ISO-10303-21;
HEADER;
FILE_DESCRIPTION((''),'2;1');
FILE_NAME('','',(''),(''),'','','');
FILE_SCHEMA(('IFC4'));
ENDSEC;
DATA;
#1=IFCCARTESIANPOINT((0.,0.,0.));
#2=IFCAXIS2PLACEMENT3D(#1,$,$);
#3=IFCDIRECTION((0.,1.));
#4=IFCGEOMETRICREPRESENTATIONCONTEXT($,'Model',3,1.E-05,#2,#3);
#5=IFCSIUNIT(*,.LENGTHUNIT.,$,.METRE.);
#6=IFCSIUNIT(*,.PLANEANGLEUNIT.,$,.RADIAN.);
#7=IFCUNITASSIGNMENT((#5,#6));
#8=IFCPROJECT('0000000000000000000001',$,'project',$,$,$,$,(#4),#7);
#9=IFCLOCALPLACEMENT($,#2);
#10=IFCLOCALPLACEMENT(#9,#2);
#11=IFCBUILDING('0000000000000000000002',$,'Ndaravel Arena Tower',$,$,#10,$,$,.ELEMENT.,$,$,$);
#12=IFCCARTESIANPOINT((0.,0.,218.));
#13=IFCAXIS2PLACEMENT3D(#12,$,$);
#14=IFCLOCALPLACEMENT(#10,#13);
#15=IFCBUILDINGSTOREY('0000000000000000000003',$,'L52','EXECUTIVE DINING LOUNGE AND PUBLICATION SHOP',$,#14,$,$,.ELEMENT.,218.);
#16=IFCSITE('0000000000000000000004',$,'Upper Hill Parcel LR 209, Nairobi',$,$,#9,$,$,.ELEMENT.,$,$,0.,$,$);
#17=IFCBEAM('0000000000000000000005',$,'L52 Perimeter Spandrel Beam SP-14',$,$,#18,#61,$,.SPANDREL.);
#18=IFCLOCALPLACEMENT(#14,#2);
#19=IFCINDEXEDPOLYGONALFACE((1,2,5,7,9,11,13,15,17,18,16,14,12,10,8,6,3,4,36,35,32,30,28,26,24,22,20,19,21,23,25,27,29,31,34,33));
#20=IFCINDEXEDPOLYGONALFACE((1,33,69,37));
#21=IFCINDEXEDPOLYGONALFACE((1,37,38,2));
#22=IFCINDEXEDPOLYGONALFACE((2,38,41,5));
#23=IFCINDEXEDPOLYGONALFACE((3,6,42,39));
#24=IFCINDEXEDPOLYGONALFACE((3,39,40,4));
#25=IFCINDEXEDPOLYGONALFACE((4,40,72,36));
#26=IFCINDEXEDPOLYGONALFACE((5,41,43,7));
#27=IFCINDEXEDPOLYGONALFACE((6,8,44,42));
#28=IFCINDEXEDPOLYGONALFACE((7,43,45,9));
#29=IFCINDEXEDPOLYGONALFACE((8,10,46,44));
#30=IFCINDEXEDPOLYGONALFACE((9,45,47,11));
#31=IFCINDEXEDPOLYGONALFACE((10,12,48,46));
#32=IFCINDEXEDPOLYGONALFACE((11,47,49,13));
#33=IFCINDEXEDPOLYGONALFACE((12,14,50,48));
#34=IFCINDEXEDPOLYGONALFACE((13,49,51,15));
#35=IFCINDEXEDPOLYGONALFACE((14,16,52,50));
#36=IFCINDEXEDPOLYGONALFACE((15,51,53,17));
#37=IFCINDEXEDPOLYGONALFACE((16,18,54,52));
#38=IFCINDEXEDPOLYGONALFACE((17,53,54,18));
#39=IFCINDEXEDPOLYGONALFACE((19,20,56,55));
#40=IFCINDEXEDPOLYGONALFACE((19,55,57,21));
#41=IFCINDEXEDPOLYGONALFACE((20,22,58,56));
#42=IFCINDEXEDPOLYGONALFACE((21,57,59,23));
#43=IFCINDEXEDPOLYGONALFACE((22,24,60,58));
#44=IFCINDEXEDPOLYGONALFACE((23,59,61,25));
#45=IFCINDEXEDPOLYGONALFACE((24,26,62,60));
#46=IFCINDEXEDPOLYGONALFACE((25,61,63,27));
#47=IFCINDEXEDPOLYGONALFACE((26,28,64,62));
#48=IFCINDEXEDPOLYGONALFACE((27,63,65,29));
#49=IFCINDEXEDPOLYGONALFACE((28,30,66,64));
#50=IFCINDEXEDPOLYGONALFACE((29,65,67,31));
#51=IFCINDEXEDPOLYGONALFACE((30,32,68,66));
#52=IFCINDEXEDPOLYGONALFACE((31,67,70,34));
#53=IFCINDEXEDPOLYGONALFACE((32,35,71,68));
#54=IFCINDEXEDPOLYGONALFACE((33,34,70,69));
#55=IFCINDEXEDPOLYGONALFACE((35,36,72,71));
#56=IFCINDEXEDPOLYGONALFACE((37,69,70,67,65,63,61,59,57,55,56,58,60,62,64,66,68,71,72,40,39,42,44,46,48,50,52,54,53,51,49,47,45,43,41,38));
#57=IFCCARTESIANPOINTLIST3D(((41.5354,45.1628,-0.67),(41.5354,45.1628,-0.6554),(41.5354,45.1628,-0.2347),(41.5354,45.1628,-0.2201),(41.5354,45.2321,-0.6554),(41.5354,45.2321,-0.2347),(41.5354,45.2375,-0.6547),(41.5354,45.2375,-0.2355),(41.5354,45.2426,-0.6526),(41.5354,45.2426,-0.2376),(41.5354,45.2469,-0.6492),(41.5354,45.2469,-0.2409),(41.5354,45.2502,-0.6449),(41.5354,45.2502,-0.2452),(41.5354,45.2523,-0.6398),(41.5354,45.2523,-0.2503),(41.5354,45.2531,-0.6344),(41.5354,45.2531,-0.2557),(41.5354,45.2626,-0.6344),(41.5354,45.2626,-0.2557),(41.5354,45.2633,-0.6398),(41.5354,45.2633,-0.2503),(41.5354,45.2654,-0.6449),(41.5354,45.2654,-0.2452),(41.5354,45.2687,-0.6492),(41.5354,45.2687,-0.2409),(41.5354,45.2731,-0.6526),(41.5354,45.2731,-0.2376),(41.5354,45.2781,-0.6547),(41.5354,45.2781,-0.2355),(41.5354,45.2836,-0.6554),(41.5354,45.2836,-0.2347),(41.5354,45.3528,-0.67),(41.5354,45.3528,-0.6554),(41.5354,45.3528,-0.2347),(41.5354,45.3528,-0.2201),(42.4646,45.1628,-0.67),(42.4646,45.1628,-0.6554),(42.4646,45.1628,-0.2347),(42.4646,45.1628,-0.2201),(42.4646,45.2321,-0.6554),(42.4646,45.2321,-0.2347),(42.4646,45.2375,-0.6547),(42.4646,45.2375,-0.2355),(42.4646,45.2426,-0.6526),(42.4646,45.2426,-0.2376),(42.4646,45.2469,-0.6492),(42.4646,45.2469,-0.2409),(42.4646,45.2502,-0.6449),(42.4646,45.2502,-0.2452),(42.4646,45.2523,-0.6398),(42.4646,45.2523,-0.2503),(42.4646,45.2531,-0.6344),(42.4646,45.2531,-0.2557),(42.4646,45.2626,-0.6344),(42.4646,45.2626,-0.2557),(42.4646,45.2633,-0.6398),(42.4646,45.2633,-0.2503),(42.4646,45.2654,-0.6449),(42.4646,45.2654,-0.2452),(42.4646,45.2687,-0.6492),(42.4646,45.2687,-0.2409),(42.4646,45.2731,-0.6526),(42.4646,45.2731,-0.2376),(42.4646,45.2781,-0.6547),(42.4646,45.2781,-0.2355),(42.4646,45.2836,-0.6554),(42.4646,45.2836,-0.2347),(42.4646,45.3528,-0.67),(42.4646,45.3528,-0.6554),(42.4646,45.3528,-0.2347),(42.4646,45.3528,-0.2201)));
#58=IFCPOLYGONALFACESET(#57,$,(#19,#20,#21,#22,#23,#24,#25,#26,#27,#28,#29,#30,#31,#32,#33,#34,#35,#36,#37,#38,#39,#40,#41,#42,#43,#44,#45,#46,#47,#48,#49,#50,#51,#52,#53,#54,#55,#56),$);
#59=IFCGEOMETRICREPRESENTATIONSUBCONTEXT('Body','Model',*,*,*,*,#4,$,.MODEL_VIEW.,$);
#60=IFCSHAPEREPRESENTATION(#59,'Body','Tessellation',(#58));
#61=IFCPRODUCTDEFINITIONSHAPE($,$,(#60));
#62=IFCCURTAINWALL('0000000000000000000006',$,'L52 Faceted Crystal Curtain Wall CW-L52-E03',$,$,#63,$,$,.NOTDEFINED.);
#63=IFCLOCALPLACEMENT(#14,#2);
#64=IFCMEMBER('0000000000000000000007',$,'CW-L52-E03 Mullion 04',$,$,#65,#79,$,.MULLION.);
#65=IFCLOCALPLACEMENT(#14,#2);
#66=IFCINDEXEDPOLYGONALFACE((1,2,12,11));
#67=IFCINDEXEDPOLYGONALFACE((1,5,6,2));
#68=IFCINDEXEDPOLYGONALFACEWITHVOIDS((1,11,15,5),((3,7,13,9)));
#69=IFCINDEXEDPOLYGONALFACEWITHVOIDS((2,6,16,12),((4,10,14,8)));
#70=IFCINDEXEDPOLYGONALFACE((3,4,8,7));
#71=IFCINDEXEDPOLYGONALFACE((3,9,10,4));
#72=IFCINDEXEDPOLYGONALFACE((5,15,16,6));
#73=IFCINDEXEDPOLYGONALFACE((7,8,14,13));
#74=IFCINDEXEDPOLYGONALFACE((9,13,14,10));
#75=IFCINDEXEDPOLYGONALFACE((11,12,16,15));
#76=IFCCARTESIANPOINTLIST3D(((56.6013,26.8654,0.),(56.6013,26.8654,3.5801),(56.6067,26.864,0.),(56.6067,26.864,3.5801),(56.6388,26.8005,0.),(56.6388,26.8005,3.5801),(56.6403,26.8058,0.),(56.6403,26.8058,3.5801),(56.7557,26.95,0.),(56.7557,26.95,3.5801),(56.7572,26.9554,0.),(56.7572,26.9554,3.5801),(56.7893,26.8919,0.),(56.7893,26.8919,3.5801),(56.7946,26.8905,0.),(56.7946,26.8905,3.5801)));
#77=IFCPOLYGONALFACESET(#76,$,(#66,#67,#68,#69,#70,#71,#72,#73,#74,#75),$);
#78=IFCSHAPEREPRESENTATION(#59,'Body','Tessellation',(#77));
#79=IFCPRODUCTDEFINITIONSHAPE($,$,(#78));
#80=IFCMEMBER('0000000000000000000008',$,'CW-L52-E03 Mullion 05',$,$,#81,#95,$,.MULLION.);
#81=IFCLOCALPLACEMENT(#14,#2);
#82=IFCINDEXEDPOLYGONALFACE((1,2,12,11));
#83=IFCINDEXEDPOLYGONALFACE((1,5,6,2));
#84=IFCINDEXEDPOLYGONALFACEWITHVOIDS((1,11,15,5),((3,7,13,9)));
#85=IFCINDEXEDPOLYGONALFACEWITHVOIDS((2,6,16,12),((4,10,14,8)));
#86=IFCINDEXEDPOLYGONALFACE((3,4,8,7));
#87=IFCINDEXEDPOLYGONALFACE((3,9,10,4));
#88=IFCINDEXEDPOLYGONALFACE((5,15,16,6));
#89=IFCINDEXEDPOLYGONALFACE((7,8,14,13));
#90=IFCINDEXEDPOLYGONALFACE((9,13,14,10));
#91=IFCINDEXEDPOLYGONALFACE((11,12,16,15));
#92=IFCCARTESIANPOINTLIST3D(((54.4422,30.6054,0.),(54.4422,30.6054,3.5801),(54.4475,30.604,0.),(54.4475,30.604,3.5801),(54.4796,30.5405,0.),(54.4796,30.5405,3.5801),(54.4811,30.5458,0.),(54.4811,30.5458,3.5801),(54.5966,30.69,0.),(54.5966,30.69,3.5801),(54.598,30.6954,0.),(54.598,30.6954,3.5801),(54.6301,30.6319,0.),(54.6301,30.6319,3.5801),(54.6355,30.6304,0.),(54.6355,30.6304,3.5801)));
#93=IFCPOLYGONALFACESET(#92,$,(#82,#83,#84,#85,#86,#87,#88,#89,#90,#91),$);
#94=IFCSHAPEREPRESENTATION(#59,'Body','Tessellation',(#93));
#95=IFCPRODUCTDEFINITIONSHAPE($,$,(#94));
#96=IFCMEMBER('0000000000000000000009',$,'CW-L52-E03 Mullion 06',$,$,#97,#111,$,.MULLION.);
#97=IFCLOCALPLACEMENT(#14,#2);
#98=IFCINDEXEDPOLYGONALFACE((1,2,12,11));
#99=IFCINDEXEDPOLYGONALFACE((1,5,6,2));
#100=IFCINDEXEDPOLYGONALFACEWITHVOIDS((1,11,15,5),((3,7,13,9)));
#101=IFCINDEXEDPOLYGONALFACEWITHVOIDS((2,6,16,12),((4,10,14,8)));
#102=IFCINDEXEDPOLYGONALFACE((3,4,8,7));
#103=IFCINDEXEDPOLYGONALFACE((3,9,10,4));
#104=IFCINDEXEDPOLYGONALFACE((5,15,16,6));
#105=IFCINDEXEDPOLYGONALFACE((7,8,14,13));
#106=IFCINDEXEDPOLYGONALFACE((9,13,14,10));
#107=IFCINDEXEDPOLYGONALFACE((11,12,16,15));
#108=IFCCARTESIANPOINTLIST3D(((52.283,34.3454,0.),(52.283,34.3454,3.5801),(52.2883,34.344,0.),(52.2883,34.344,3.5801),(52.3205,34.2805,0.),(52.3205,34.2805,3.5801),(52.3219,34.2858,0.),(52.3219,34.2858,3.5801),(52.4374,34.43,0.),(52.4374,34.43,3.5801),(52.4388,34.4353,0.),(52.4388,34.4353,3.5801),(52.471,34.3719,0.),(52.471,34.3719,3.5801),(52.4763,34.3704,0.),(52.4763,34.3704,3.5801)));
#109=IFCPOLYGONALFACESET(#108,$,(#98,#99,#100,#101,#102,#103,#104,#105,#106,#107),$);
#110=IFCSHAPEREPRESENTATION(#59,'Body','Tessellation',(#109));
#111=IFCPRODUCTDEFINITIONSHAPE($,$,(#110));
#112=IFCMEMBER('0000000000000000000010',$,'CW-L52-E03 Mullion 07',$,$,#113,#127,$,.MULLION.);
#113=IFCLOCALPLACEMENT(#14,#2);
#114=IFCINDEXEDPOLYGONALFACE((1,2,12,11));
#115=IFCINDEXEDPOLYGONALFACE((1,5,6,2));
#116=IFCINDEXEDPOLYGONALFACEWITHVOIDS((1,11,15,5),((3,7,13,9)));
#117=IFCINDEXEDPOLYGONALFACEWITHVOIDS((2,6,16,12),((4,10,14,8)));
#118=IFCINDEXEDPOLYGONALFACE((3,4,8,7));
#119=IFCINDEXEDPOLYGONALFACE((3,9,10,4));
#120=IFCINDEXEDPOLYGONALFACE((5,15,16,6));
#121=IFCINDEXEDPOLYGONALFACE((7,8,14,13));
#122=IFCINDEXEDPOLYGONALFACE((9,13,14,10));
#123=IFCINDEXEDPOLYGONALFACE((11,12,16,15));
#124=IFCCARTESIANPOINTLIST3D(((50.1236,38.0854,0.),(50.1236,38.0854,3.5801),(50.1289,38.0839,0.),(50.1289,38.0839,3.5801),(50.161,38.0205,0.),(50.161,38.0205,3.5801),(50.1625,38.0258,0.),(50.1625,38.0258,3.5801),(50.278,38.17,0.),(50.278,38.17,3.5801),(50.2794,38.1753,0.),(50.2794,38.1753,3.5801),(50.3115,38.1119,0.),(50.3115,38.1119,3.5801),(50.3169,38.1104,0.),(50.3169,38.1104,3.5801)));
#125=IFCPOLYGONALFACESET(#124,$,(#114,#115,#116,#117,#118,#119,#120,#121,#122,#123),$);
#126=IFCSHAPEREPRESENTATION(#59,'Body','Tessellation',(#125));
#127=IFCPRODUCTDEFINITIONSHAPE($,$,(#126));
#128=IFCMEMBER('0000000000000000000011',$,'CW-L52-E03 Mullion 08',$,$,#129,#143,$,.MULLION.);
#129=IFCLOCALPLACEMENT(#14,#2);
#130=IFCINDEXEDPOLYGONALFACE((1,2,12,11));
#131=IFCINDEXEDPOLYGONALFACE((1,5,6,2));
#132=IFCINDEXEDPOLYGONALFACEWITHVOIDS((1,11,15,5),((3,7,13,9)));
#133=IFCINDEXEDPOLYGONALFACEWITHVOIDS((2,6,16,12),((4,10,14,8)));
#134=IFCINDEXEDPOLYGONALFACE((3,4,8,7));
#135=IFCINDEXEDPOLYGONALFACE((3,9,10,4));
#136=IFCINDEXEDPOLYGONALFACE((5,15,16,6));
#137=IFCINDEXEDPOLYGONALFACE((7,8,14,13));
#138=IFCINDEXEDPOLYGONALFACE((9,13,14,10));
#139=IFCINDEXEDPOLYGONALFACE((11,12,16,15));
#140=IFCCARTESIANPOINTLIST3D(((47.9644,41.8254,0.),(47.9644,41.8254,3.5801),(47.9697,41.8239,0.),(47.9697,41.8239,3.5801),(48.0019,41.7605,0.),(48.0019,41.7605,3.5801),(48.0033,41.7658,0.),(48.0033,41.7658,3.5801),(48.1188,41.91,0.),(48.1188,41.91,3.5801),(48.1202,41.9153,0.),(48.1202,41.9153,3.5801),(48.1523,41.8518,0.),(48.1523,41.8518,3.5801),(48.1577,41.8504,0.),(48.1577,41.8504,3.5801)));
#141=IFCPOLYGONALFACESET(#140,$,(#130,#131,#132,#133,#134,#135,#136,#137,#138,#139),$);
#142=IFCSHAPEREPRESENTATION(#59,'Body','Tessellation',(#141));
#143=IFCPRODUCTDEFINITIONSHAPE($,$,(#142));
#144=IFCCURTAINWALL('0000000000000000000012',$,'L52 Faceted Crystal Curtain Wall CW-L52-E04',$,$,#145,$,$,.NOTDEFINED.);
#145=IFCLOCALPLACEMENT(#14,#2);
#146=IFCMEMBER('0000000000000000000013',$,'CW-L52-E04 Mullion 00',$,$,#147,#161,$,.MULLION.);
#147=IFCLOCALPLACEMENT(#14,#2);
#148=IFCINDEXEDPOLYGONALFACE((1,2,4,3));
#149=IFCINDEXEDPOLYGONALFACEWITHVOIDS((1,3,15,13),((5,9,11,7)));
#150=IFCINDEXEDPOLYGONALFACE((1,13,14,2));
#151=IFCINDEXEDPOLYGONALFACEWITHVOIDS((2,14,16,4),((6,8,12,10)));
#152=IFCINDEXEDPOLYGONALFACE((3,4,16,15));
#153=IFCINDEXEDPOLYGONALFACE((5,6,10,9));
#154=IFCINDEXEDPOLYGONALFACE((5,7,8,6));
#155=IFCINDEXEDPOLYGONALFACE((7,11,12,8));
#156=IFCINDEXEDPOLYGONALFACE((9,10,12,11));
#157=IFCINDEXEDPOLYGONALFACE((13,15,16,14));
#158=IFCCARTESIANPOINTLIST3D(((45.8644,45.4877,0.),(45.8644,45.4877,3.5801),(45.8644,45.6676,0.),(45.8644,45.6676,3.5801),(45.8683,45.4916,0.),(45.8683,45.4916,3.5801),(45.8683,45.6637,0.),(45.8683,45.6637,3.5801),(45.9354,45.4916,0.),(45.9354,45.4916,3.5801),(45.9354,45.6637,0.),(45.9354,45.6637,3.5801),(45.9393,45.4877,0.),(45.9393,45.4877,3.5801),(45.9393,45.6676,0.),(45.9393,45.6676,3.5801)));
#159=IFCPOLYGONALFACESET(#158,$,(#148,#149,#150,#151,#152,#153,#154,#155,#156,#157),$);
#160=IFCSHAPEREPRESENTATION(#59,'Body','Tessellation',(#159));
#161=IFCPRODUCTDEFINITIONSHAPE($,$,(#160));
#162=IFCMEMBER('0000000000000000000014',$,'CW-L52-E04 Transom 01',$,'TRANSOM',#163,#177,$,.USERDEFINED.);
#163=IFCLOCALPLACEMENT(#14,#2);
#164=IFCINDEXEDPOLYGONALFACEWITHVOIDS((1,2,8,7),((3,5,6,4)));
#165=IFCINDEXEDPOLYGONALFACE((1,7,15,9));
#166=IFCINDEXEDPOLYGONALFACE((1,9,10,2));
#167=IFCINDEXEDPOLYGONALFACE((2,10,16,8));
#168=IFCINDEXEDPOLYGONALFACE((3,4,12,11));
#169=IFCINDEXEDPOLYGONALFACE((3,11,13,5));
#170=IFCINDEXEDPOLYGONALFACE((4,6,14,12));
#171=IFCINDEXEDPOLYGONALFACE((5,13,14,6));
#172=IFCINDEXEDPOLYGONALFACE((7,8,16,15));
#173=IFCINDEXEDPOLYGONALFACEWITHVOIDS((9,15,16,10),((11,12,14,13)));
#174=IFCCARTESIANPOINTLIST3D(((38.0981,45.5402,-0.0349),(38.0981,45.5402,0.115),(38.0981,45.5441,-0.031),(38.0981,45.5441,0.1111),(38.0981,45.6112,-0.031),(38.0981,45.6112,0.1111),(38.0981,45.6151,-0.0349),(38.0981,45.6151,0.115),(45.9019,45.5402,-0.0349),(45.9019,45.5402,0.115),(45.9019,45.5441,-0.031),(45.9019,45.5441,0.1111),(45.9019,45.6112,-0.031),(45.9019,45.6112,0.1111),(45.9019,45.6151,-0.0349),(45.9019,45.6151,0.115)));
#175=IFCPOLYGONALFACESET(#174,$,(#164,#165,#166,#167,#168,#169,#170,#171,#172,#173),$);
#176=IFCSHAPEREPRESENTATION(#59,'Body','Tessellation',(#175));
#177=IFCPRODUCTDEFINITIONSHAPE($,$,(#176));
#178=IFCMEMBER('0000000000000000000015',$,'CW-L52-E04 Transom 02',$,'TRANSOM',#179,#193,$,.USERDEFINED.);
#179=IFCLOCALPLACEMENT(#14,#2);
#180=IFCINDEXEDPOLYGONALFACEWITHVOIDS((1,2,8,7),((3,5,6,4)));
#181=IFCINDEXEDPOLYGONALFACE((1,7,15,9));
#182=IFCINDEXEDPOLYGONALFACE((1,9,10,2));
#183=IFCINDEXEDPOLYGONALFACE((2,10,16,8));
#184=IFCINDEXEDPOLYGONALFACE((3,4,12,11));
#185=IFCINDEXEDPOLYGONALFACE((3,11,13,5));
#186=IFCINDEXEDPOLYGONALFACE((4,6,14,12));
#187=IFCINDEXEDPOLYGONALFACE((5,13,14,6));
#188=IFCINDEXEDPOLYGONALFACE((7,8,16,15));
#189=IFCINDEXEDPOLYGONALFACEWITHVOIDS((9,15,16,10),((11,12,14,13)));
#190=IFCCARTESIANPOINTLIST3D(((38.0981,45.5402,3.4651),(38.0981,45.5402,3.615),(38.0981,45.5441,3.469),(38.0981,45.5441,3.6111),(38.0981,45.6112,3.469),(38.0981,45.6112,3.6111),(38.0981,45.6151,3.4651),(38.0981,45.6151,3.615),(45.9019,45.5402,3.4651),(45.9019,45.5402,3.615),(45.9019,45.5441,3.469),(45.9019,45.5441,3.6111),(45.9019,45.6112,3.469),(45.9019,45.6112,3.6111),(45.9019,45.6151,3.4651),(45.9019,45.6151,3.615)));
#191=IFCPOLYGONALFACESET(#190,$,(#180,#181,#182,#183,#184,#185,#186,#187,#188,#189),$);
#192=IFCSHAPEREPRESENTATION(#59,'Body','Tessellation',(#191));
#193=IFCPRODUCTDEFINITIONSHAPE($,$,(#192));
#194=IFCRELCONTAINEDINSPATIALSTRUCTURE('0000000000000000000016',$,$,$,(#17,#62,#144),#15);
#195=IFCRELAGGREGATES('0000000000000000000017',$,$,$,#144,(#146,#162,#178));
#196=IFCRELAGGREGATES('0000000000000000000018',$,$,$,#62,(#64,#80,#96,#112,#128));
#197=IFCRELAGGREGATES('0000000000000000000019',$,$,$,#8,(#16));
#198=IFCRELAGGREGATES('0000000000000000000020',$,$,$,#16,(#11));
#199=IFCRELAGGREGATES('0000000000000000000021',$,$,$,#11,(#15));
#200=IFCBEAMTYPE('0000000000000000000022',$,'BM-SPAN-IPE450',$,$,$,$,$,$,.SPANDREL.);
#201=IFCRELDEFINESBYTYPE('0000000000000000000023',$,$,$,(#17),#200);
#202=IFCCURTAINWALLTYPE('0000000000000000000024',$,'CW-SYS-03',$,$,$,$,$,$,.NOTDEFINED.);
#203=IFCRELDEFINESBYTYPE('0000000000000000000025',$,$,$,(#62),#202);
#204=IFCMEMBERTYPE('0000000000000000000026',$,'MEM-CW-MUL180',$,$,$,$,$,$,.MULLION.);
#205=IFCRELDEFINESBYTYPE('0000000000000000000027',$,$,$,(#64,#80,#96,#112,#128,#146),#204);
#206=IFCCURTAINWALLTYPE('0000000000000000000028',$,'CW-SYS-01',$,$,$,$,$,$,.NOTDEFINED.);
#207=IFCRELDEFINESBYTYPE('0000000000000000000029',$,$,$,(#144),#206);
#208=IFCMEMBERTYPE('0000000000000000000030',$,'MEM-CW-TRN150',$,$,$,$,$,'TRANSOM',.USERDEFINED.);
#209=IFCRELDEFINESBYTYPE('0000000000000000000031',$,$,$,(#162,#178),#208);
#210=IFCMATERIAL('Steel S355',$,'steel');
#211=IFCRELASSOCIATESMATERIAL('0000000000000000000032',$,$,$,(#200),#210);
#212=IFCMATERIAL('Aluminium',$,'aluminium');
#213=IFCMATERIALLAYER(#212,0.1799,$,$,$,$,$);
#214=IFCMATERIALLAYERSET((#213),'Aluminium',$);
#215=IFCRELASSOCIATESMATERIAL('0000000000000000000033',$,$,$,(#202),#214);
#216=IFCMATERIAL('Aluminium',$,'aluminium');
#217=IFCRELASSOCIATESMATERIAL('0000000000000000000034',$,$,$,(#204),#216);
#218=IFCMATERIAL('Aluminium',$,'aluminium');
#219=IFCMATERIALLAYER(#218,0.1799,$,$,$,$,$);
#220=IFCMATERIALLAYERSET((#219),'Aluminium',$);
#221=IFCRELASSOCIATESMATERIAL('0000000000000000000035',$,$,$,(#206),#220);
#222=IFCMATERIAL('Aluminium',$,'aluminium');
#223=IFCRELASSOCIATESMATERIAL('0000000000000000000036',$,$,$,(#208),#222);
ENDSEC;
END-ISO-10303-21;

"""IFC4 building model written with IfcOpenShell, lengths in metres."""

from ifc_helpers import new_model, si_unit, direction, frame, origin, origin_2d, place, context, subcontext, project, spatial, hollow_rectangle, i_section, extrude, material, layer, layer_set, material_profile, profile_set, type_object, element, aggregate, save


model = new_model("IFC4")

# Units and contexts
model_context = context("Model", 3, precision=1e-05, world=origin(), true_north=direction((0.0, 1.0)))
body_context = subcontext(model_context, "Body", "Model", "MODEL_VIEW")
ifc_project = project(units=[si_unit("LENGTHUNIT", "METRE"), si_unit("PLANEANGLEUNIT", "RADIAN")], contexts=[model_context])

# Site, building, storey
site_placement = place(None, origin())
site = spatial("IfcSite", under=ifc_project, at=site_placement, Name="Upper Hill Parcel LR 209, Nairobi", CompositionType="ELEMENT", RefElevation=0.0)
building_placement = place(site_placement, origin())
building = spatial("IfcBuilding", under=site, at=building_placement, Name="Ndaravel Arena Tower", CompositionType="ELEMENT")
storey_placement = place(building_placement, frame((0.0, 0.0, 218.0)))
storey = spatial("IfcBuildingStorey", under=building, at=storey_placement, Name="L52", Description="EXECUTIVE DINING LOUNGE AND PUBLICATION SHOP", CompositionType="ELEMENT", Elevation=218.0)

# Beam
ifc_material_1 = material(Name="Steel S355", Category="steel")
ifc_material_profile_1 = material_profile(ifc_material_1, i_section(OverallWidth=0.1899, OverallDepth=0.45, WebThickness=0.0095, FlangeThickness=0.0146, FilletRadius=0.021, at=origin_2d()), Name="IPE 450")
ifc_profile_set_1 = profile_set([ifc_material_profile_1], Name="Steel S355")
beam_type_1 = type_object("IfcBeamType", Name="BM-SPAN-IPE450", PredefinedType="SPANDREL", material=ifc_profile_set_1)
for number, where, z_axis, x_axis, name in (
    (1, (42.4646, 45.2578, -0.4451), (-1.0, 0.0, 0.0), (0.0, -1.0, 0.0), "L52 Perimeter Spandrel Beam SP-14"),
):
    element("IfcBeam", number, at=place(storey_placement, frame(where, z_axis=z_axis, x_axis=x_axis)), inside=storey, type_object=beam_type_1, Name=name, PredefinedType="SPANDREL", context=body_context, shape_type="SweptSolid", body=[
        extrude(i_section(OverallWidth=0.1899, OverallDepth=0.45, WebThickness=0.0095, FlangeThickness=0.0146, FilletRadius=0.021, at=origin_2d()), origin(), (0.0, 0.0, 1.0), 0.9292),
    ])

# Curtain wall, members
ifc_material_2 = material(Name="Aluminium", Category="aluminium")
ifc_layer_1 = layer(ifc_material_2, 0.1799)
ifc_layer_set_1 = layer_set([ifc_layer_1], Name="Aluminium")
curtain_wall_type_1 = type_object("IfcCurtainWallType", Name="CW-SYS-03", PredefinedType="NOTDEFINED", material=ifc_layer_set_1)
curtain_wall_1_placement = place(storey_placement, origin())
curtain_wall_1 = element("IfcCurtainWall", 2, at=curtain_wall_1_placement, inside=storey, type_object=curtain_wall_type_1, Name="L52 Faceted Crystal Curtain Wall CW-L52-E03", PredefinedType="NOTDEFINED")
ifc_material_3 = material(Name="Aluminium", Category="aluminium")
ifc_material_profile_2 = material_profile(ifc_material_3, hollow_rectangle(XDim=0.075, YDim=0.1799, WallThickness=0.0039, at=origin_2d()), Name="CW MULLION 75x180x4")
ifc_profile_set_2 = profile_set([ifc_material_profile_2], Name="Aluminium")
member_type_1 = type_object("IfcMemberType", Name="MEM-CW-MUL180", PredefinedType="MULLION", material=ifc_profile_set_2)
member_1_placement = place(storey_placement, frame((56.698, 26.8779, 0.0), z_axis=(0.0, 0.0, 1.0), x_axis=(-0.5, 0.866025, 0.0)))
member_1 = element("IfcMember", 3, at=member_1_placement, type_object=member_type_1, Name="CW-L52-E03 Mullion 04", PredefinedType="MULLION", context=body_context, shape_type="SweptSolid", body=[
    extrude(hollow_rectangle(XDim=0.075, YDim=0.1799, WallThickness=0.0039, at=origin_2d()), origin(), (0.0, 0.0, 1.0), 3.5801),
])
member_2_placement = place(storey_placement, frame((54.5388, 30.6179, 0.0), z_axis=(0.0, 0.0, 1.0), x_axis=(-0.5, 0.866025, 0.0)))
member_2 = element("IfcMember", 4, at=member_2_placement, type_object=member_type_1, Name="CW-L52-E03 Mullion 05", PredefinedType="MULLION", context=body_context, shape_type="SweptSolid", body=[
    extrude(hollow_rectangle(XDim=0.075, YDim=0.1799, WallThickness=0.0039, at=origin_2d()), origin(), (0.0, 0.0, 1.0), 3.5801),
])
member_3_placement = place(storey_placement, frame((52.3796, 34.3579, 0.0), z_axis=(0.0, 0.0, 1.0), x_axis=(-0.5, 0.866025, 0.0)))
member_3 = element("IfcMember", 5, at=member_3_placement, type_object=member_type_1, Name="CW-L52-E03 Mullion 06", PredefinedType="MULLION", context=body_context, shape_type="SweptSolid", body=[
    extrude(hollow_rectangle(XDim=0.075, YDim=0.1799, WallThickness=0.0039, at=origin_2d()), origin(), (0.0, 0.0, 1.0), 3.5801),
])
member_4_placement = place(storey_placement, frame((50.2202, 38.0979, 0.0), z_axis=(0.0, 0.0, 1.0), x_axis=(-0.5, 0.866025, 0.0)))
member_4 = element("IfcMember", 6, at=member_4_placement, type_object=member_type_1, Name="CW-L52-E03 Mullion 07", PredefinedType="MULLION", context=body_context, shape_type="SweptSolid", body=[
    extrude(hollow_rectangle(XDim=0.075, YDim=0.1799, WallThickness=0.0039, at=origin_2d()), origin(), (0.0, 0.0, 1.0), 3.5801),
])
member_5_placement = place(storey_placement, frame((48.061, 41.8379, 0.0), z_axis=(0.0, 0.0, 1.0), x_axis=(-0.5, 0.866025, 0.0)))
member_5 = element("IfcMember", 7, at=member_5_placement, type_object=member_type_1, Name="CW-L52-E03 Mullion 08", PredefinedType="MULLION", context=body_context, shape_type="SweptSolid", body=[
    extrude(hollow_rectangle(XDim=0.075, YDim=0.1799, WallThickness=0.0039, at=origin_2d()), origin(), (0.0, 0.0, 1.0), 3.5801),
])

# Curtain wall, members
ifc_material_4 = material(Name="Aluminium", Category="aluminium")
ifc_layer_2 = layer(ifc_material_4, 0.1799)
ifc_layer_set_2 = layer_set([ifc_layer_2], Name="Aluminium")
curtain_wall_type_2 = type_object("IfcCurtainWallType", Name="CW-SYS-01", PredefinedType="NOTDEFINED", material=ifc_layer_set_2)
curtain_wall_2_placement = place(storey_placement, origin())
curtain_wall_2 = element("IfcCurtainWall", 8, at=curtain_wall_2_placement, inside=storey, type_object=curtain_wall_type_2, Name="L52 Faceted Crystal Curtain Wall CW-L52-E04", PredefinedType="NOTDEFINED")
member_6_placement = place(storey_placement, frame((45.9019, 45.5776, 0.0), z_axis=(0.0, 0.0, 1.0), x_axis=(-1.0, 0.0, 0.0)))
member_6 = element("IfcMember", 9, at=member_6_placement, type_object=member_type_1, Name="CW-L52-E04 Mullion 00", PredefinedType="MULLION", context=body_context, shape_type="SweptSolid", body=[
    extrude(hollow_rectangle(XDim=0.075, YDim=0.1799, WallThickness=0.0039, at=origin_2d()), origin(), (0.0, 0.0, 1.0), 3.5801),
])
ifc_material_5 = material(Name="Aluminium", Category="aluminium")
ifc_material_profile_3 = material_profile(ifc_material_5, hollow_rectangle(XDim=0.075, YDim=0.1499, WallThickness=0.0039, at=origin_2d()), Name="CW TRANSOM 75x150x4")
ifc_profile_set_3 = profile_set([ifc_material_profile_3], Name="Aluminium")
member_type_2 = type_object("IfcMemberType", Name="MEM-CW-TRN150", ElementType="TRANSOM", PredefinedType="USERDEFINED", material=ifc_profile_set_3)
member_7_placement = place(storey_placement, frame((45.9019, 45.5776, 0.04), z_axis=(-1.0, 0.0, 0.0), x_axis=(0.0, -1.0, 0.0)))
member_7 = element("IfcMember", 10, at=member_7_placement, type_object=member_type_2, Name="CW-L52-E04 Transom 01", ObjectType="TRANSOM", PredefinedType="USERDEFINED", context=body_context, shape_type="SweptSolid", body=[
    extrude(hollow_rectangle(XDim=0.075, YDim=0.1499, WallThickness=0.0039, at=origin_2d()), origin(), (0.0, 0.0, 1.0), 7.8037),
])
member_8_placement = place(storey_placement, frame((45.9019, 45.5776, 3.54), z_axis=(-1.0, 0.0, 0.0), x_axis=(0.0, -1.0, 0.0)))
member_8 = element("IfcMember", 11, at=member_8_placement, type_object=member_type_2, Name="CW-L52-E04 Transom 02", ObjectType="TRANSOM", PredefinedType="USERDEFINED", context=body_context, shape_type="SweptSolid", body=[
    extrude(hollow_rectangle(XDim=0.075, YDim=0.1499, WallThickness=0.0039, at=origin_2d()), origin(), (0.0, 0.0, 1.0), 7.8037),
])
aggregate(curtain_wall_2, [member_6, member_7, member_8])

aggregate(curtain_wall_1, [member_1, member_2, member_3, member_4, member_5])

save(model, "model.ifc")
